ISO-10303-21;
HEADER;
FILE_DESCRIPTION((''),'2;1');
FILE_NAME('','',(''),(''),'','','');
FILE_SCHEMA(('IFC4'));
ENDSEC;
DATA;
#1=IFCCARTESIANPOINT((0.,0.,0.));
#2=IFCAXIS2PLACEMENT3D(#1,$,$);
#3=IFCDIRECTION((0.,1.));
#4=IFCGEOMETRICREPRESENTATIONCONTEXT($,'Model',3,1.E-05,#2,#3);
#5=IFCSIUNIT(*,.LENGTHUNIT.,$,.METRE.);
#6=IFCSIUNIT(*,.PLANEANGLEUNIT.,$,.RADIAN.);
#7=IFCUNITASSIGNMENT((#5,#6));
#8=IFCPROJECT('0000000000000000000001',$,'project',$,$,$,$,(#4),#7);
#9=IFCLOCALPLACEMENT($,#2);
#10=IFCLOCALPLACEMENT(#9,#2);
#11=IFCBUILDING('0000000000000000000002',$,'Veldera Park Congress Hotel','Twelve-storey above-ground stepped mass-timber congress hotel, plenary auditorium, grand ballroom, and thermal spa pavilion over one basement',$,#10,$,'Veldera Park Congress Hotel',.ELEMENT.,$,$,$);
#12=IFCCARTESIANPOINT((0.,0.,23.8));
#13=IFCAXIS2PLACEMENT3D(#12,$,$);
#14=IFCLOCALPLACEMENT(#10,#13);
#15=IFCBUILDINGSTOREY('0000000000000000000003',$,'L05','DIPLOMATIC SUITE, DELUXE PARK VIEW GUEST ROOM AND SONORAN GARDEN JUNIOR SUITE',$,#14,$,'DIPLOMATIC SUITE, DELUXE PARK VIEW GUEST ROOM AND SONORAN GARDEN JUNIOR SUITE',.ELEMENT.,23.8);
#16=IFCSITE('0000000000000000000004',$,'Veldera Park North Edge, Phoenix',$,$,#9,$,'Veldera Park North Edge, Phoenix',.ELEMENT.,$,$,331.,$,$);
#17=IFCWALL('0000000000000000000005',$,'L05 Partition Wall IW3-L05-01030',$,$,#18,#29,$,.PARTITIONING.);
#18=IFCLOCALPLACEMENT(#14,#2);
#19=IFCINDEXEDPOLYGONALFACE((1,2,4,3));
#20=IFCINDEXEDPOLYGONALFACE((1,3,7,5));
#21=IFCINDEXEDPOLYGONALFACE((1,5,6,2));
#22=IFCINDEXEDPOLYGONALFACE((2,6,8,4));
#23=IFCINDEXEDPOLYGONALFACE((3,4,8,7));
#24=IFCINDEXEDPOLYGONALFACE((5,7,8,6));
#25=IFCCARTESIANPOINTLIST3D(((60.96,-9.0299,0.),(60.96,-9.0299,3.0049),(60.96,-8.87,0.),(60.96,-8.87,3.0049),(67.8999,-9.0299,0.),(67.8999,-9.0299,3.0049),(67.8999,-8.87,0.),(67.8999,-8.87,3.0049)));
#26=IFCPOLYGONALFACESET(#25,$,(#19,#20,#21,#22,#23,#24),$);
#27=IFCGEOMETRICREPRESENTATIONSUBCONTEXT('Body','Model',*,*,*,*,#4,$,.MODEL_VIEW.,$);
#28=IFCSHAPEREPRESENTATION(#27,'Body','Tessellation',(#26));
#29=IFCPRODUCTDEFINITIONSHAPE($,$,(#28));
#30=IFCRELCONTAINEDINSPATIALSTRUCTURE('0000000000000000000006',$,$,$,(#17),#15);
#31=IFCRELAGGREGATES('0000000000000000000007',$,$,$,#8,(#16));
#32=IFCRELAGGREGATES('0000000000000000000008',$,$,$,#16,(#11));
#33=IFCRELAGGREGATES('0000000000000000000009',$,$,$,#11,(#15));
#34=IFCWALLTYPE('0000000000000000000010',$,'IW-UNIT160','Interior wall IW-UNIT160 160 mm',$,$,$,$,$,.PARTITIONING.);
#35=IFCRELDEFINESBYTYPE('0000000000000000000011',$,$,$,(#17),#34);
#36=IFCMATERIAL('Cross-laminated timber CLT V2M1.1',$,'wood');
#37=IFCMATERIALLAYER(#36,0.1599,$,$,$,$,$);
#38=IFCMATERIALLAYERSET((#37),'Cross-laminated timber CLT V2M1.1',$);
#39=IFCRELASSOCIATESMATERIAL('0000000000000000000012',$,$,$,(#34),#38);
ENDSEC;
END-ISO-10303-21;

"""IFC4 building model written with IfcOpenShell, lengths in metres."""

from ifc_helpers import new_model, si_unit, direction, frame, frame_2d, origin, place, context, subcontext, project, spatial, rectangle, extrude, material, layer, layer_set, type_object, element, save


model = new_model("IFC4")

# Units and contexts
model_context = context("Model", 3, precision=1e-05, world=origin(), true_north=direction((0.0, 1.0)))
body_context = subcontext(model_context, "Body", "Model", "MODEL_VIEW")
ifc_project = project(units=[si_unit("LENGTHUNIT", "METRE"), si_unit("PLANEANGLEUNIT", "RADIAN")], contexts=[model_context])

# Site, building, storey
site_placement = place(None, origin())
site = spatial("IfcSite", under=ifc_project, at=site_placement, Name="Veldera Park North Edge, Phoenix", LongName="Veldera Park North Edge, Phoenix", CompositionType="ELEMENT", RefElevation=331.0)
building_placement = place(site_placement, origin())
building = spatial("IfcBuilding", under=site, at=building_placement, Name="Veldera Park Congress Hotel", Description="Twelve-storey above-ground stepped mass-timber congress hotel, plenary auditorium, grand ballroom, and thermal spa pavilion over one basement", LongName="Veldera Park Congress Hotel", CompositionType="ELEMENT")
storey_placement = place(building_placement, frame((0.0, 0.0, 23.8)))
storey = spatial("IfcBuildingStorey", under=building, at=storey_placement, Name="L05", Description="DIPLOMATIC SUITE, DELUXE PARK VIEW GUEST ROOM AND SONORAN GARDEN JUNIOR SUITE", LongName="DIPLOMATIC SUITE, DELUXE PARK VIEW GUEST ROOM AND SONORAN GARDEN JUNIOR SUITE", CompositionType="ELEMENT", Elevation=23.8)

# Shared definitions
ifc_material_1 = material(Name="Cross-laminated timber CLT V2M1.1", Category="wood")

# Wall
ifc_layer_1 = layer(ifc_material_1, 0.1599)
ifc_layer_set_1 = layer_set([ifc_layer_1], Name="Cross-laminated timber CLT V2M1.1")
wall_type_1 = type_object("IfcWallType", Name="IW-UNIT160", Description="Interior wall IW-UNIT160 160 mm", PredefinedType="PARTITIONING", material=ifc_layer_set_1)
wall_1_placement = place(storey_placement, frame((60.96, -8.95, 0.0), z_axis=(0.0, 0.0, 1.0), x_axis=(1.0, 0.0, 0.0)))
element("IfcWall", 1, at=wall_1_placement, inside=storey, type_object=wall_type_1, Name="L05 Partition Wall IW3-L05-01030", PredefinedType="PARTITIONING", context=body_context, shape_type="SweptSolid", body=[
    extrude(rectangle(XDim=6.9399, YDim=0.1599, at=frame_2d((3.47, 0.0))), origin(), (0.0, 0.0, 1.0), 3.0049),
])

save(model, "model.ifc")
